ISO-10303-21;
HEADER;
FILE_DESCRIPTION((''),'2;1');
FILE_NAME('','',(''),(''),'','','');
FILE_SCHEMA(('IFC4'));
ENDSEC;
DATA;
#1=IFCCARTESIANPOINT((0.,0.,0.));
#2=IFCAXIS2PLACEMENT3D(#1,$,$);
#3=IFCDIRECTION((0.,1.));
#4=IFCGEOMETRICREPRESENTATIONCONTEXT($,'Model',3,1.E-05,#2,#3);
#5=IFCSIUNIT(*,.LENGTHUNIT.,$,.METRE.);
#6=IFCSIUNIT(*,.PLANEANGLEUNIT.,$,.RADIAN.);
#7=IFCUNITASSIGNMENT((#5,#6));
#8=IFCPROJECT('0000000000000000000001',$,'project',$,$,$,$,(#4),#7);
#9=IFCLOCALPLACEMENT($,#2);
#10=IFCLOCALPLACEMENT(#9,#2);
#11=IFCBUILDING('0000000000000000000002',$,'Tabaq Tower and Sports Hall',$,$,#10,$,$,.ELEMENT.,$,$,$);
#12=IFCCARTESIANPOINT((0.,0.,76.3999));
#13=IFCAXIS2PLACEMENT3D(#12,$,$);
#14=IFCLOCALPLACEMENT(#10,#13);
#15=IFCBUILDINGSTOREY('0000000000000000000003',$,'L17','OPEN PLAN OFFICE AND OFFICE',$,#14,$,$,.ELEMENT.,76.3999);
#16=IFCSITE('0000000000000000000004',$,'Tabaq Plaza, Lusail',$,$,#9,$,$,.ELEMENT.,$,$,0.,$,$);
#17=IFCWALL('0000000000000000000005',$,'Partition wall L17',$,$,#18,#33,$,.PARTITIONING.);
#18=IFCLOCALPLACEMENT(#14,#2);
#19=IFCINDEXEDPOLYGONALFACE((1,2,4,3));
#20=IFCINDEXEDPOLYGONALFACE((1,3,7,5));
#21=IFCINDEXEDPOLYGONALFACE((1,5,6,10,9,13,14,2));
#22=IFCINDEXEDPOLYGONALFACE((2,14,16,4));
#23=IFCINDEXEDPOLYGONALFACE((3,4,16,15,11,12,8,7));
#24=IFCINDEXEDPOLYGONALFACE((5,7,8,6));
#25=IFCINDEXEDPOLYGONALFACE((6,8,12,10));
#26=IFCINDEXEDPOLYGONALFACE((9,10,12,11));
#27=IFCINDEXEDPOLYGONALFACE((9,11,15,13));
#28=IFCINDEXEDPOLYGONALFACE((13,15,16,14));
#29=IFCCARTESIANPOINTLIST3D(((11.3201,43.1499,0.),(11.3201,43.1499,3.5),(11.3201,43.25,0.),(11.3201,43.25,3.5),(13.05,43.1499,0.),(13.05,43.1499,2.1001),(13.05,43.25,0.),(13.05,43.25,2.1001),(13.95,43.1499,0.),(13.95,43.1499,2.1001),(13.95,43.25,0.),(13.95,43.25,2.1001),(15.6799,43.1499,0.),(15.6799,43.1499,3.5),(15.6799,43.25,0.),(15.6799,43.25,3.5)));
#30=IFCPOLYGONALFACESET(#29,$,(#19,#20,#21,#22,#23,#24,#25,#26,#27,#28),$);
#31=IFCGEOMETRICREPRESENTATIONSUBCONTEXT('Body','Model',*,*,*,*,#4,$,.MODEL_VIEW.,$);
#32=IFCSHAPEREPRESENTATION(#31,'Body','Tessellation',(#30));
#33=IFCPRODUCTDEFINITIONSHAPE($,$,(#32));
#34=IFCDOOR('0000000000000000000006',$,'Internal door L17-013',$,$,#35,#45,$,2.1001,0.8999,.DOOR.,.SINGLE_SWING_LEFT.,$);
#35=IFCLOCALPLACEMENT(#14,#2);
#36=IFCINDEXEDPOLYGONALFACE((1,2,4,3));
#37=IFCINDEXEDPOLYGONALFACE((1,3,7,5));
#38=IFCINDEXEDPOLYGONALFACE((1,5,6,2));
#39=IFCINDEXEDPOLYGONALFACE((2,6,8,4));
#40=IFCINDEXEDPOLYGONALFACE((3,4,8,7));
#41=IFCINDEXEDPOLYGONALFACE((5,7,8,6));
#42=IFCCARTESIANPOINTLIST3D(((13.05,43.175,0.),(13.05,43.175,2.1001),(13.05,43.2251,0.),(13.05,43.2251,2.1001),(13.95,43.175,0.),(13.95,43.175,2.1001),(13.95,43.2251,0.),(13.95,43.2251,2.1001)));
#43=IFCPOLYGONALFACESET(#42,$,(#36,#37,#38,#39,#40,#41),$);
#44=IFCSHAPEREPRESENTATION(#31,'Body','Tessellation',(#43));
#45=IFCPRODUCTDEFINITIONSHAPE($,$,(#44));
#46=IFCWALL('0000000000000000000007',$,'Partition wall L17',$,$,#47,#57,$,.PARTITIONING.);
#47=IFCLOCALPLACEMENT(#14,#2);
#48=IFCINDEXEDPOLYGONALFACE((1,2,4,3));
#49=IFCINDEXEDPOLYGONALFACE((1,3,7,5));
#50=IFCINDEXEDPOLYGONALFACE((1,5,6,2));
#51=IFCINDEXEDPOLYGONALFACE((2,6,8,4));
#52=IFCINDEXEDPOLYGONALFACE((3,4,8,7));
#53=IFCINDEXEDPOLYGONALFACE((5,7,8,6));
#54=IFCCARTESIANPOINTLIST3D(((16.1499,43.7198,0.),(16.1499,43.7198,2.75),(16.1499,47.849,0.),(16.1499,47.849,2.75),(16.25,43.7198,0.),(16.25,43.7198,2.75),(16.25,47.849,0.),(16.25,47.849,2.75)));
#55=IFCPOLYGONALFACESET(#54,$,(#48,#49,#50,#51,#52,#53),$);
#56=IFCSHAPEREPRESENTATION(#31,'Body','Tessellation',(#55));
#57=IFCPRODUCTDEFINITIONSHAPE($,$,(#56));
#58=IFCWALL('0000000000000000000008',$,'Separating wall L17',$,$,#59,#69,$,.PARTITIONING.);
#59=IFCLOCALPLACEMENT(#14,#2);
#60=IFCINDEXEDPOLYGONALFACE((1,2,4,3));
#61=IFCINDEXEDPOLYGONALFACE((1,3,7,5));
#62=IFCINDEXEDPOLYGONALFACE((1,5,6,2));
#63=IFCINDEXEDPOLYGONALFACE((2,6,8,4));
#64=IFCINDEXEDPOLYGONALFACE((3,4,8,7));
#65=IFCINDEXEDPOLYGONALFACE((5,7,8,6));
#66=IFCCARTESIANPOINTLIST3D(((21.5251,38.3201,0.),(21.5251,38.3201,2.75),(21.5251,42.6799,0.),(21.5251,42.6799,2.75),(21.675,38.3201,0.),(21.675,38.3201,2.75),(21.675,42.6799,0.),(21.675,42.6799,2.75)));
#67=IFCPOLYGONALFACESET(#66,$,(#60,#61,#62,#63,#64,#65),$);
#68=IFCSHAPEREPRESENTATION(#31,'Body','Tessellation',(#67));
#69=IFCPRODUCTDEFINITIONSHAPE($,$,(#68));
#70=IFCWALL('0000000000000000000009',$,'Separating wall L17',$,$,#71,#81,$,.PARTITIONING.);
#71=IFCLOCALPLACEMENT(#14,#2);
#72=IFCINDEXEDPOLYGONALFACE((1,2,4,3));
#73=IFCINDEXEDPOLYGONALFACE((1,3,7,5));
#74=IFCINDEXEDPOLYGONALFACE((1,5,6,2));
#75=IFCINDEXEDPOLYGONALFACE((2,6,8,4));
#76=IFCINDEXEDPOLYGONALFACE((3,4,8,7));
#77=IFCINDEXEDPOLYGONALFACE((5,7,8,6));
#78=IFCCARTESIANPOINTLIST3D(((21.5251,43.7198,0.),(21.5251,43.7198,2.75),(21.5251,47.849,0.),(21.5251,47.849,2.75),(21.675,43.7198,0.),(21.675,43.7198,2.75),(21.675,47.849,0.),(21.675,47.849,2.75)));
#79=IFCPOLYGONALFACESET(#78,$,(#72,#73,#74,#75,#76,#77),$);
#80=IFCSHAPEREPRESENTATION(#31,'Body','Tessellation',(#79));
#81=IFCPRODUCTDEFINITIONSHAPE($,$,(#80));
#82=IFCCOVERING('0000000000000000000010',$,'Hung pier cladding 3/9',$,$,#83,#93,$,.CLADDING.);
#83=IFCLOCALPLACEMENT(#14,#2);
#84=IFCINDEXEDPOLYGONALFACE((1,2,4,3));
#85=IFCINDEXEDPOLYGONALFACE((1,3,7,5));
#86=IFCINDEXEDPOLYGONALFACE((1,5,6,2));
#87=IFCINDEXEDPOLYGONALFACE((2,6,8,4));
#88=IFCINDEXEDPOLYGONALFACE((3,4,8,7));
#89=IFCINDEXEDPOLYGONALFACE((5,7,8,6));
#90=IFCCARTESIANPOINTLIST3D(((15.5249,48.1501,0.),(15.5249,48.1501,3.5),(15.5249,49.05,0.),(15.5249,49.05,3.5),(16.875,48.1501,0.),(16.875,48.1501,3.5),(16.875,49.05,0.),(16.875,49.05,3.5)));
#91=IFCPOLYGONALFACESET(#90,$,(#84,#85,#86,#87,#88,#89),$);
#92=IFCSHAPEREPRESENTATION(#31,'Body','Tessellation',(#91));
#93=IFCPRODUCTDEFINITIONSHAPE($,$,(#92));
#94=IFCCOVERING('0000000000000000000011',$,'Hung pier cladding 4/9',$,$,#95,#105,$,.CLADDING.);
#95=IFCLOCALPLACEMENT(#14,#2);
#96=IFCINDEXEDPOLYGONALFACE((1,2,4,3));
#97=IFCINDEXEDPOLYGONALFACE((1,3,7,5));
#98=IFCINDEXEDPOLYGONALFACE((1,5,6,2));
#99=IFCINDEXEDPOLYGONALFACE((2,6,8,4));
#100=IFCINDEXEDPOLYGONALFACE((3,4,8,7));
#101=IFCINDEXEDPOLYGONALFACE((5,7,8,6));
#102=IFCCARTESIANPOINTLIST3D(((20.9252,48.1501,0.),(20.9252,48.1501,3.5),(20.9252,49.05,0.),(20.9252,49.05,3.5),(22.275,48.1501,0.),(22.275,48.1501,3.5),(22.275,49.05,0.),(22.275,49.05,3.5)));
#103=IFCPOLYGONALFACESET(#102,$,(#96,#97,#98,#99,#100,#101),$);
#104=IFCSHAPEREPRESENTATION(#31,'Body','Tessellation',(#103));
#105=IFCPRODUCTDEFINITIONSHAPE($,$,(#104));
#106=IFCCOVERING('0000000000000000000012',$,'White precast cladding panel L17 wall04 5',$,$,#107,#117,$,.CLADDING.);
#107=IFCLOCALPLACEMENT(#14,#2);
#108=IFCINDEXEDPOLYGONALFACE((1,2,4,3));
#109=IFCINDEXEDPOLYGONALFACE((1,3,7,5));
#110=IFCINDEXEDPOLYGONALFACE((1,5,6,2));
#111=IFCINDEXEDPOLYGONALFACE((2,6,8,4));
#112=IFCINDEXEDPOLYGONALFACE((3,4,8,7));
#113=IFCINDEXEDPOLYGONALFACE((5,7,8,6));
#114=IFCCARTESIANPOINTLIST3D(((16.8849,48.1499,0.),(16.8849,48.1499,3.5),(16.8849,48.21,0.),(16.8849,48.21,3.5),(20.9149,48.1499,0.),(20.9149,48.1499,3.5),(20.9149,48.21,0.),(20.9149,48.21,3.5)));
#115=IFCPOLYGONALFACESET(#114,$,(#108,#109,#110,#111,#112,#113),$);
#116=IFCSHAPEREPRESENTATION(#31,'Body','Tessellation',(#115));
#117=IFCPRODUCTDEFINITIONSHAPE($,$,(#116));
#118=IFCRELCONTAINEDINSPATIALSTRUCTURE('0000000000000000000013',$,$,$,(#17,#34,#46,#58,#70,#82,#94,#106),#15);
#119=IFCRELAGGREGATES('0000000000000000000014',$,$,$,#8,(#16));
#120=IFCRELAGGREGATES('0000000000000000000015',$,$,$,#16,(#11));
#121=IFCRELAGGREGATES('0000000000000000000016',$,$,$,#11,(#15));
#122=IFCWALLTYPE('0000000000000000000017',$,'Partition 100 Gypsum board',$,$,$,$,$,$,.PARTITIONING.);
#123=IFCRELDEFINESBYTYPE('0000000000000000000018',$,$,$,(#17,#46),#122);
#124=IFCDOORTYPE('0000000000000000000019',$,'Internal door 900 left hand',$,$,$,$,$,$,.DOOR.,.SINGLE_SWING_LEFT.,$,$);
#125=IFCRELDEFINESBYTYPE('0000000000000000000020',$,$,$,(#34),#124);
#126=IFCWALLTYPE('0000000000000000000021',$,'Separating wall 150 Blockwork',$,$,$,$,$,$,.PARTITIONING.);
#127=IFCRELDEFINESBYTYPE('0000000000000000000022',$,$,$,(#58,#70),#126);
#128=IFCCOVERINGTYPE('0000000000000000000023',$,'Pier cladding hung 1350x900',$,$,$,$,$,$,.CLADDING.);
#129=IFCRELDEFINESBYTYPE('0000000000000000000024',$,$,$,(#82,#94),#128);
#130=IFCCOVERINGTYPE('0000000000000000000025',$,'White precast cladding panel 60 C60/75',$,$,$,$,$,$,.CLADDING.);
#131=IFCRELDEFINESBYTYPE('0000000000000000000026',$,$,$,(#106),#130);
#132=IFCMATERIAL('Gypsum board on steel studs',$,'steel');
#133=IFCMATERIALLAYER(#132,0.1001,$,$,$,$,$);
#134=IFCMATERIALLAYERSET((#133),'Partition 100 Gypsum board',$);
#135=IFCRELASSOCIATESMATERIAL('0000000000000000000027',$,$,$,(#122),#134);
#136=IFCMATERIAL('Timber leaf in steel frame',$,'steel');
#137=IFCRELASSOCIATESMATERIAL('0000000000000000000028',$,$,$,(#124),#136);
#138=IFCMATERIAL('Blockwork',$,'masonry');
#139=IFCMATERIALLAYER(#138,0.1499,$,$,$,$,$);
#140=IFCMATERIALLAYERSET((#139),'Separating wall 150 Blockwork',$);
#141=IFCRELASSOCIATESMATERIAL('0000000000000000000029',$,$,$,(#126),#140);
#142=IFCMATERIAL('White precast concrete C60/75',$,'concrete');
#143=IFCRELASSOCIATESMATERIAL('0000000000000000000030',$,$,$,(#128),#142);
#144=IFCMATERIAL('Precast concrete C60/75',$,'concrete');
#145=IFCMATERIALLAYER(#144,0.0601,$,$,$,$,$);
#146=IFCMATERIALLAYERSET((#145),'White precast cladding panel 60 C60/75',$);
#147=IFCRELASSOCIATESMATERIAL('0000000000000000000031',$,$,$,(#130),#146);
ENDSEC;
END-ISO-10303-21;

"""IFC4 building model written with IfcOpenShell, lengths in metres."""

from ifc_helpers import new_model, si_unit, direction, frame, frame_2d, origin, place, context, subcontext, project, spatial, rectangle, extrude, material, layer, layer_set, type_object, element, fill, save


model = new_model("IFC4")

# Units and contexts
model_context = context("Model", 3, precision=1e-05, world=origin(), true_north=direction((0.0, 1.0)))
body_context = subcontext(model_context, "Body", "Model", "MODEL_VIEW")
ifc_project = project(units=[si_unit("LENGTHUNIT", "METRE"), si_unit("PLANEANGLEUNIT", "RADIAN")], contexts=[model_context])

# Site, building, storey
site_placement = place(None, origin())
site = spatial("IfcSite", under=ifc_project, at=site_placement, Name="Tabaq Plaza, Lusail", CompositionType="ELEMENT", RefElevation=0.0)
building_placement = place(site_placement, origin())
building = spatial("IfcBuilding", under=site, at=building_placement, Name="Tabaq Tower and Sports Hall", CompositionType="ELEMENT")
storey_placement = place(building_placement, frame((0.0, 0.0, 76.3999)))
storey = spatial("IfcBuildingStorey", under=building, at=storey_placement, Name="L17", Description="OPEN PLAN OFFICE AND OFFICE", CompositionType="ELEMENT", Elevation=76.3999)

# Shared definitions
ifc_material_1 = material(Name="Gypsum board on steel studs", Category="steel")
ifc_layer_1 = layer(ifc_material_1, 0.1001)
ifc_layer_set_1 = layer_set([ifc_layer_1], Name="Partition 100 Gypsum board")
wall_type_1 = type_object("IfcWallType", Name="Partition 100 Gypsum board", PredefinedType="PARTITIONING", material=ifc_layer_set_1)

# Wall, opening, door
ifc_material_2 = material(Name="Timber leaf in steel frame", Category="steel")
door_type = type_object("IfcDoorType", Name="Internal door 900 left hand", OperationType="SINGLE_SWING_LEFT", PredefinedType="DOOR", material=ifc_material_2)
wall_1_placement = place(storey_placement, frame((15.6799, 43.2, 0.0), z_axis=(0.0, 0.0, 1.0), x_axis=(-1.0, 0.0, 0.0)))
wall_1 = element("IfcWall", 1, at=wall_1_placement, inside=storey, type_object=wall_type_1, Name="Partition wall L17", PredefinedType="PARTITIONING", context=body_context, shape_type="SweptSolid", body=[
    extrude(rectangle(XDim=4.3599, YDim=0.1001, at=frame_2d((2.1799, 0.0))), origin(), (0.0, 0.0, 1.0), 3.5),
])
opening_1_placement = place(wall_1_placement, frame((1.73, 0.0, 0.0)))
opening_1 = element("IfcOpeningElement", 2, at=opening_1_placement, cuts=wall_1, PredefinedType="OPENING", context=body_context, shape_type="SweptSolid", body=[
    extrude(rectangle(XDim=0.8999, YDim=2.1001, at=frame_2d((0.45, 1.05))), frame((0.0, 0.05, 0.0), z_axis=(0.0, -1.0, 0.0), x_axis=(1.0, 0.0, 0.0)), (0.0, 0.0, 1.0), 0.1001),
])
door_1_placement = place(opening_1_placement, origin())
door_1 = element("IfcDoor", 3, at=door_1_placement, inside=storey, type_object=door_type, Name="Internal door L17-013", OperationType="SINGLE_SWING_LEFT", OverallHeight=2.1001, OverallWidth=0.8999, PredefinedType="DOOR", context=body_context, shape_type="SweptSolid", body=[
    extrude(rectangle(XDim=0.8999, YDim=2.1001, at=frame_2d((0.45, 1.05))), frame((0.0, 0.0249, 0.0), z_axis=(0.0, -1.0, 0.0), x_axis=(1.0, 0.0, 0.0)), (0.0, 0.0, 1.0), 0.05),
])
fill(opening_1, door_1)

# Walls
wall_2_placement = place(storey_placement, frame((16.2, 43.72, 0.0), z_axis=(0.0, 0.0, 1.0), x_axis=(0.0, 1.0, 0.0)))
element("IfcWall", 4, at=wall_2_placement, inside=storey, type_object=wall_type_1, Name="Partition wall L17", PredefinedType="PARTITIONING", context=body_context, shape_type="SweptSolid", body=[
    extrude(rectangle(XDim=4.1292, YDim=0.1001, at=frame_2d((2.0645, 0.0))), origin(), (0.0, 0.0, 1.0), 2.75),
])
ifc_material_3 = material(Name="Blockwork", Category="masonry")
ifc_layer_2 = layer(ifc_material_3, 0.1499)
ifc_layer_set_2 = layer_set([ifc_layer_2], Name="Separating wall 150 Blockwork")
wall_type_2 = type_object("IfcWallType", Name="Separating wall 150 Blockwork", PredefinedType="PARTITIONING", material=ifc_layer_set_2)
wall_3_placement = place(storey_placement, frame((21.6001, 38.3201, 0.0), z_axis=(0.0, 0.0, 1.0), x_axis=(0.0, 1.0, 0.0)))
element("IfcWall", 5, at=wall_3_placement, inside=storey, type_object=wall_type_2, Name="Separating wall L17", PredefinedType="PARTITIONING", context=body_context, shape_type="SweptSolid", body=[
    extrude(rectangle(XDim=4.3599, YDim=0.1499, at=frame_2d((2.1799, 0.0))), origin(), (0.0, 0.0, 1.0), 2.75),
])
wall_4_placement = place(storey_placement, frame((21.6001, 43.72, 0.0), z_axis=(0.0, 0.0, 1.0), x_axis=(0.0, 1.0, 0.0)))
element("IfcWall", 6, at=wall_4_placement, inside=storey, type_object=wall_type_2, Name="Separating wall L17", PredefinedType="PARTITIONING", context=body_context, shape_type="SweptSolid", body=[
    extrude(rectangle(XDim=4.1292, YDim=0.1499, at=frame_2d((2.0645, 0.0))), origin(), (0.0, 0.0, 1.0), 2.75),
])

# Coverings
ifc_material_4 = material(Name="White precast concrete C60/75", Category="concrete")
covering_type_1 = type_object("IfcCoveringType", Name="Pier cladding hung 1350x900", PredefinedType="CLADDING", material=ifc_material_4)
covering_1_placement = place(storey_placement, frame((16.875, 48.6001, 0.0), z_axis=(0.0, 0.0, 1.0), x_axis=(-1.0, 0.0, 0.0)))
element("IfcCovering", 7, at=covering_1_placement, inside=storey, type_object=covering_type_1, Name="Hung pier cladding 3/9", PredefinedType="CLADDING", context=body_context, shape_type="SweptSolid", body=[
    extrude(rectangle(XDim=1.3501, YDim=0.8999, at=frame_2d((0.675, 0.0))), origin(), (0.0, 0.0, 1.0), 3.5),
])
covering_2_placement = place(storey_placement, frame((22.2749, 48.6001, 0.0), z_axis=(0.0, 0.0, 1.0), x_axis=(-1.0, 0.0, 0.0)))
element("IfcCovering", 8, at=covering_2_placement, inside=storey, type_object=covering_type_1, Name="Hung pier cladding 4/9", PredefinedType="CLADDING", context=body_context, shape_type="SweptSolid", body=[
    extrude(rectangle(XDim=1.3499, YDim=0.8999, at=frame_2d((0.6748, 0.0))), origin(), (0.0, 0.0, 1.0), 3.5),
])
ifc_material_5 = material(Name="Precast concrete C60/75", Category="concrete")
ifc_layer_3 = layer(ifc_material_5, 0.0601)
ifc_layer_set_3 = layer_set([ifc_layer_3], Name="White precast cladding panel 60 C60/75")
covering_type_2 = type_object("IfcCoveringType", Name="White precast cladding panel 60 C60/75", PredefinedType="CLADDING", material=ifc_layer_set_3)
covering_3_placement = place(storey_placement, frame((20.915, 48.1799, 0.0), z_axis=(0.0, 0.0, 1.0), x_axis=(-1.0, 0.0, 0.0)))
element("IfcCovering", 9, at=covering_3_placement, inside=storey, type_object=covering_type_2, Name="White precast cladding panel L17 wall04 5", PredefinedType="CLADDING", context=body_context, shape_type="SweptSolid", body=[
    extrude(rectangle(XDim=4.03, YDim=0.0601, at=frame_2d((2.0151, 0.0))), origin(), (0.0, 0.0, 1.0), 3.5),
])

save(model, "model.ifc")
